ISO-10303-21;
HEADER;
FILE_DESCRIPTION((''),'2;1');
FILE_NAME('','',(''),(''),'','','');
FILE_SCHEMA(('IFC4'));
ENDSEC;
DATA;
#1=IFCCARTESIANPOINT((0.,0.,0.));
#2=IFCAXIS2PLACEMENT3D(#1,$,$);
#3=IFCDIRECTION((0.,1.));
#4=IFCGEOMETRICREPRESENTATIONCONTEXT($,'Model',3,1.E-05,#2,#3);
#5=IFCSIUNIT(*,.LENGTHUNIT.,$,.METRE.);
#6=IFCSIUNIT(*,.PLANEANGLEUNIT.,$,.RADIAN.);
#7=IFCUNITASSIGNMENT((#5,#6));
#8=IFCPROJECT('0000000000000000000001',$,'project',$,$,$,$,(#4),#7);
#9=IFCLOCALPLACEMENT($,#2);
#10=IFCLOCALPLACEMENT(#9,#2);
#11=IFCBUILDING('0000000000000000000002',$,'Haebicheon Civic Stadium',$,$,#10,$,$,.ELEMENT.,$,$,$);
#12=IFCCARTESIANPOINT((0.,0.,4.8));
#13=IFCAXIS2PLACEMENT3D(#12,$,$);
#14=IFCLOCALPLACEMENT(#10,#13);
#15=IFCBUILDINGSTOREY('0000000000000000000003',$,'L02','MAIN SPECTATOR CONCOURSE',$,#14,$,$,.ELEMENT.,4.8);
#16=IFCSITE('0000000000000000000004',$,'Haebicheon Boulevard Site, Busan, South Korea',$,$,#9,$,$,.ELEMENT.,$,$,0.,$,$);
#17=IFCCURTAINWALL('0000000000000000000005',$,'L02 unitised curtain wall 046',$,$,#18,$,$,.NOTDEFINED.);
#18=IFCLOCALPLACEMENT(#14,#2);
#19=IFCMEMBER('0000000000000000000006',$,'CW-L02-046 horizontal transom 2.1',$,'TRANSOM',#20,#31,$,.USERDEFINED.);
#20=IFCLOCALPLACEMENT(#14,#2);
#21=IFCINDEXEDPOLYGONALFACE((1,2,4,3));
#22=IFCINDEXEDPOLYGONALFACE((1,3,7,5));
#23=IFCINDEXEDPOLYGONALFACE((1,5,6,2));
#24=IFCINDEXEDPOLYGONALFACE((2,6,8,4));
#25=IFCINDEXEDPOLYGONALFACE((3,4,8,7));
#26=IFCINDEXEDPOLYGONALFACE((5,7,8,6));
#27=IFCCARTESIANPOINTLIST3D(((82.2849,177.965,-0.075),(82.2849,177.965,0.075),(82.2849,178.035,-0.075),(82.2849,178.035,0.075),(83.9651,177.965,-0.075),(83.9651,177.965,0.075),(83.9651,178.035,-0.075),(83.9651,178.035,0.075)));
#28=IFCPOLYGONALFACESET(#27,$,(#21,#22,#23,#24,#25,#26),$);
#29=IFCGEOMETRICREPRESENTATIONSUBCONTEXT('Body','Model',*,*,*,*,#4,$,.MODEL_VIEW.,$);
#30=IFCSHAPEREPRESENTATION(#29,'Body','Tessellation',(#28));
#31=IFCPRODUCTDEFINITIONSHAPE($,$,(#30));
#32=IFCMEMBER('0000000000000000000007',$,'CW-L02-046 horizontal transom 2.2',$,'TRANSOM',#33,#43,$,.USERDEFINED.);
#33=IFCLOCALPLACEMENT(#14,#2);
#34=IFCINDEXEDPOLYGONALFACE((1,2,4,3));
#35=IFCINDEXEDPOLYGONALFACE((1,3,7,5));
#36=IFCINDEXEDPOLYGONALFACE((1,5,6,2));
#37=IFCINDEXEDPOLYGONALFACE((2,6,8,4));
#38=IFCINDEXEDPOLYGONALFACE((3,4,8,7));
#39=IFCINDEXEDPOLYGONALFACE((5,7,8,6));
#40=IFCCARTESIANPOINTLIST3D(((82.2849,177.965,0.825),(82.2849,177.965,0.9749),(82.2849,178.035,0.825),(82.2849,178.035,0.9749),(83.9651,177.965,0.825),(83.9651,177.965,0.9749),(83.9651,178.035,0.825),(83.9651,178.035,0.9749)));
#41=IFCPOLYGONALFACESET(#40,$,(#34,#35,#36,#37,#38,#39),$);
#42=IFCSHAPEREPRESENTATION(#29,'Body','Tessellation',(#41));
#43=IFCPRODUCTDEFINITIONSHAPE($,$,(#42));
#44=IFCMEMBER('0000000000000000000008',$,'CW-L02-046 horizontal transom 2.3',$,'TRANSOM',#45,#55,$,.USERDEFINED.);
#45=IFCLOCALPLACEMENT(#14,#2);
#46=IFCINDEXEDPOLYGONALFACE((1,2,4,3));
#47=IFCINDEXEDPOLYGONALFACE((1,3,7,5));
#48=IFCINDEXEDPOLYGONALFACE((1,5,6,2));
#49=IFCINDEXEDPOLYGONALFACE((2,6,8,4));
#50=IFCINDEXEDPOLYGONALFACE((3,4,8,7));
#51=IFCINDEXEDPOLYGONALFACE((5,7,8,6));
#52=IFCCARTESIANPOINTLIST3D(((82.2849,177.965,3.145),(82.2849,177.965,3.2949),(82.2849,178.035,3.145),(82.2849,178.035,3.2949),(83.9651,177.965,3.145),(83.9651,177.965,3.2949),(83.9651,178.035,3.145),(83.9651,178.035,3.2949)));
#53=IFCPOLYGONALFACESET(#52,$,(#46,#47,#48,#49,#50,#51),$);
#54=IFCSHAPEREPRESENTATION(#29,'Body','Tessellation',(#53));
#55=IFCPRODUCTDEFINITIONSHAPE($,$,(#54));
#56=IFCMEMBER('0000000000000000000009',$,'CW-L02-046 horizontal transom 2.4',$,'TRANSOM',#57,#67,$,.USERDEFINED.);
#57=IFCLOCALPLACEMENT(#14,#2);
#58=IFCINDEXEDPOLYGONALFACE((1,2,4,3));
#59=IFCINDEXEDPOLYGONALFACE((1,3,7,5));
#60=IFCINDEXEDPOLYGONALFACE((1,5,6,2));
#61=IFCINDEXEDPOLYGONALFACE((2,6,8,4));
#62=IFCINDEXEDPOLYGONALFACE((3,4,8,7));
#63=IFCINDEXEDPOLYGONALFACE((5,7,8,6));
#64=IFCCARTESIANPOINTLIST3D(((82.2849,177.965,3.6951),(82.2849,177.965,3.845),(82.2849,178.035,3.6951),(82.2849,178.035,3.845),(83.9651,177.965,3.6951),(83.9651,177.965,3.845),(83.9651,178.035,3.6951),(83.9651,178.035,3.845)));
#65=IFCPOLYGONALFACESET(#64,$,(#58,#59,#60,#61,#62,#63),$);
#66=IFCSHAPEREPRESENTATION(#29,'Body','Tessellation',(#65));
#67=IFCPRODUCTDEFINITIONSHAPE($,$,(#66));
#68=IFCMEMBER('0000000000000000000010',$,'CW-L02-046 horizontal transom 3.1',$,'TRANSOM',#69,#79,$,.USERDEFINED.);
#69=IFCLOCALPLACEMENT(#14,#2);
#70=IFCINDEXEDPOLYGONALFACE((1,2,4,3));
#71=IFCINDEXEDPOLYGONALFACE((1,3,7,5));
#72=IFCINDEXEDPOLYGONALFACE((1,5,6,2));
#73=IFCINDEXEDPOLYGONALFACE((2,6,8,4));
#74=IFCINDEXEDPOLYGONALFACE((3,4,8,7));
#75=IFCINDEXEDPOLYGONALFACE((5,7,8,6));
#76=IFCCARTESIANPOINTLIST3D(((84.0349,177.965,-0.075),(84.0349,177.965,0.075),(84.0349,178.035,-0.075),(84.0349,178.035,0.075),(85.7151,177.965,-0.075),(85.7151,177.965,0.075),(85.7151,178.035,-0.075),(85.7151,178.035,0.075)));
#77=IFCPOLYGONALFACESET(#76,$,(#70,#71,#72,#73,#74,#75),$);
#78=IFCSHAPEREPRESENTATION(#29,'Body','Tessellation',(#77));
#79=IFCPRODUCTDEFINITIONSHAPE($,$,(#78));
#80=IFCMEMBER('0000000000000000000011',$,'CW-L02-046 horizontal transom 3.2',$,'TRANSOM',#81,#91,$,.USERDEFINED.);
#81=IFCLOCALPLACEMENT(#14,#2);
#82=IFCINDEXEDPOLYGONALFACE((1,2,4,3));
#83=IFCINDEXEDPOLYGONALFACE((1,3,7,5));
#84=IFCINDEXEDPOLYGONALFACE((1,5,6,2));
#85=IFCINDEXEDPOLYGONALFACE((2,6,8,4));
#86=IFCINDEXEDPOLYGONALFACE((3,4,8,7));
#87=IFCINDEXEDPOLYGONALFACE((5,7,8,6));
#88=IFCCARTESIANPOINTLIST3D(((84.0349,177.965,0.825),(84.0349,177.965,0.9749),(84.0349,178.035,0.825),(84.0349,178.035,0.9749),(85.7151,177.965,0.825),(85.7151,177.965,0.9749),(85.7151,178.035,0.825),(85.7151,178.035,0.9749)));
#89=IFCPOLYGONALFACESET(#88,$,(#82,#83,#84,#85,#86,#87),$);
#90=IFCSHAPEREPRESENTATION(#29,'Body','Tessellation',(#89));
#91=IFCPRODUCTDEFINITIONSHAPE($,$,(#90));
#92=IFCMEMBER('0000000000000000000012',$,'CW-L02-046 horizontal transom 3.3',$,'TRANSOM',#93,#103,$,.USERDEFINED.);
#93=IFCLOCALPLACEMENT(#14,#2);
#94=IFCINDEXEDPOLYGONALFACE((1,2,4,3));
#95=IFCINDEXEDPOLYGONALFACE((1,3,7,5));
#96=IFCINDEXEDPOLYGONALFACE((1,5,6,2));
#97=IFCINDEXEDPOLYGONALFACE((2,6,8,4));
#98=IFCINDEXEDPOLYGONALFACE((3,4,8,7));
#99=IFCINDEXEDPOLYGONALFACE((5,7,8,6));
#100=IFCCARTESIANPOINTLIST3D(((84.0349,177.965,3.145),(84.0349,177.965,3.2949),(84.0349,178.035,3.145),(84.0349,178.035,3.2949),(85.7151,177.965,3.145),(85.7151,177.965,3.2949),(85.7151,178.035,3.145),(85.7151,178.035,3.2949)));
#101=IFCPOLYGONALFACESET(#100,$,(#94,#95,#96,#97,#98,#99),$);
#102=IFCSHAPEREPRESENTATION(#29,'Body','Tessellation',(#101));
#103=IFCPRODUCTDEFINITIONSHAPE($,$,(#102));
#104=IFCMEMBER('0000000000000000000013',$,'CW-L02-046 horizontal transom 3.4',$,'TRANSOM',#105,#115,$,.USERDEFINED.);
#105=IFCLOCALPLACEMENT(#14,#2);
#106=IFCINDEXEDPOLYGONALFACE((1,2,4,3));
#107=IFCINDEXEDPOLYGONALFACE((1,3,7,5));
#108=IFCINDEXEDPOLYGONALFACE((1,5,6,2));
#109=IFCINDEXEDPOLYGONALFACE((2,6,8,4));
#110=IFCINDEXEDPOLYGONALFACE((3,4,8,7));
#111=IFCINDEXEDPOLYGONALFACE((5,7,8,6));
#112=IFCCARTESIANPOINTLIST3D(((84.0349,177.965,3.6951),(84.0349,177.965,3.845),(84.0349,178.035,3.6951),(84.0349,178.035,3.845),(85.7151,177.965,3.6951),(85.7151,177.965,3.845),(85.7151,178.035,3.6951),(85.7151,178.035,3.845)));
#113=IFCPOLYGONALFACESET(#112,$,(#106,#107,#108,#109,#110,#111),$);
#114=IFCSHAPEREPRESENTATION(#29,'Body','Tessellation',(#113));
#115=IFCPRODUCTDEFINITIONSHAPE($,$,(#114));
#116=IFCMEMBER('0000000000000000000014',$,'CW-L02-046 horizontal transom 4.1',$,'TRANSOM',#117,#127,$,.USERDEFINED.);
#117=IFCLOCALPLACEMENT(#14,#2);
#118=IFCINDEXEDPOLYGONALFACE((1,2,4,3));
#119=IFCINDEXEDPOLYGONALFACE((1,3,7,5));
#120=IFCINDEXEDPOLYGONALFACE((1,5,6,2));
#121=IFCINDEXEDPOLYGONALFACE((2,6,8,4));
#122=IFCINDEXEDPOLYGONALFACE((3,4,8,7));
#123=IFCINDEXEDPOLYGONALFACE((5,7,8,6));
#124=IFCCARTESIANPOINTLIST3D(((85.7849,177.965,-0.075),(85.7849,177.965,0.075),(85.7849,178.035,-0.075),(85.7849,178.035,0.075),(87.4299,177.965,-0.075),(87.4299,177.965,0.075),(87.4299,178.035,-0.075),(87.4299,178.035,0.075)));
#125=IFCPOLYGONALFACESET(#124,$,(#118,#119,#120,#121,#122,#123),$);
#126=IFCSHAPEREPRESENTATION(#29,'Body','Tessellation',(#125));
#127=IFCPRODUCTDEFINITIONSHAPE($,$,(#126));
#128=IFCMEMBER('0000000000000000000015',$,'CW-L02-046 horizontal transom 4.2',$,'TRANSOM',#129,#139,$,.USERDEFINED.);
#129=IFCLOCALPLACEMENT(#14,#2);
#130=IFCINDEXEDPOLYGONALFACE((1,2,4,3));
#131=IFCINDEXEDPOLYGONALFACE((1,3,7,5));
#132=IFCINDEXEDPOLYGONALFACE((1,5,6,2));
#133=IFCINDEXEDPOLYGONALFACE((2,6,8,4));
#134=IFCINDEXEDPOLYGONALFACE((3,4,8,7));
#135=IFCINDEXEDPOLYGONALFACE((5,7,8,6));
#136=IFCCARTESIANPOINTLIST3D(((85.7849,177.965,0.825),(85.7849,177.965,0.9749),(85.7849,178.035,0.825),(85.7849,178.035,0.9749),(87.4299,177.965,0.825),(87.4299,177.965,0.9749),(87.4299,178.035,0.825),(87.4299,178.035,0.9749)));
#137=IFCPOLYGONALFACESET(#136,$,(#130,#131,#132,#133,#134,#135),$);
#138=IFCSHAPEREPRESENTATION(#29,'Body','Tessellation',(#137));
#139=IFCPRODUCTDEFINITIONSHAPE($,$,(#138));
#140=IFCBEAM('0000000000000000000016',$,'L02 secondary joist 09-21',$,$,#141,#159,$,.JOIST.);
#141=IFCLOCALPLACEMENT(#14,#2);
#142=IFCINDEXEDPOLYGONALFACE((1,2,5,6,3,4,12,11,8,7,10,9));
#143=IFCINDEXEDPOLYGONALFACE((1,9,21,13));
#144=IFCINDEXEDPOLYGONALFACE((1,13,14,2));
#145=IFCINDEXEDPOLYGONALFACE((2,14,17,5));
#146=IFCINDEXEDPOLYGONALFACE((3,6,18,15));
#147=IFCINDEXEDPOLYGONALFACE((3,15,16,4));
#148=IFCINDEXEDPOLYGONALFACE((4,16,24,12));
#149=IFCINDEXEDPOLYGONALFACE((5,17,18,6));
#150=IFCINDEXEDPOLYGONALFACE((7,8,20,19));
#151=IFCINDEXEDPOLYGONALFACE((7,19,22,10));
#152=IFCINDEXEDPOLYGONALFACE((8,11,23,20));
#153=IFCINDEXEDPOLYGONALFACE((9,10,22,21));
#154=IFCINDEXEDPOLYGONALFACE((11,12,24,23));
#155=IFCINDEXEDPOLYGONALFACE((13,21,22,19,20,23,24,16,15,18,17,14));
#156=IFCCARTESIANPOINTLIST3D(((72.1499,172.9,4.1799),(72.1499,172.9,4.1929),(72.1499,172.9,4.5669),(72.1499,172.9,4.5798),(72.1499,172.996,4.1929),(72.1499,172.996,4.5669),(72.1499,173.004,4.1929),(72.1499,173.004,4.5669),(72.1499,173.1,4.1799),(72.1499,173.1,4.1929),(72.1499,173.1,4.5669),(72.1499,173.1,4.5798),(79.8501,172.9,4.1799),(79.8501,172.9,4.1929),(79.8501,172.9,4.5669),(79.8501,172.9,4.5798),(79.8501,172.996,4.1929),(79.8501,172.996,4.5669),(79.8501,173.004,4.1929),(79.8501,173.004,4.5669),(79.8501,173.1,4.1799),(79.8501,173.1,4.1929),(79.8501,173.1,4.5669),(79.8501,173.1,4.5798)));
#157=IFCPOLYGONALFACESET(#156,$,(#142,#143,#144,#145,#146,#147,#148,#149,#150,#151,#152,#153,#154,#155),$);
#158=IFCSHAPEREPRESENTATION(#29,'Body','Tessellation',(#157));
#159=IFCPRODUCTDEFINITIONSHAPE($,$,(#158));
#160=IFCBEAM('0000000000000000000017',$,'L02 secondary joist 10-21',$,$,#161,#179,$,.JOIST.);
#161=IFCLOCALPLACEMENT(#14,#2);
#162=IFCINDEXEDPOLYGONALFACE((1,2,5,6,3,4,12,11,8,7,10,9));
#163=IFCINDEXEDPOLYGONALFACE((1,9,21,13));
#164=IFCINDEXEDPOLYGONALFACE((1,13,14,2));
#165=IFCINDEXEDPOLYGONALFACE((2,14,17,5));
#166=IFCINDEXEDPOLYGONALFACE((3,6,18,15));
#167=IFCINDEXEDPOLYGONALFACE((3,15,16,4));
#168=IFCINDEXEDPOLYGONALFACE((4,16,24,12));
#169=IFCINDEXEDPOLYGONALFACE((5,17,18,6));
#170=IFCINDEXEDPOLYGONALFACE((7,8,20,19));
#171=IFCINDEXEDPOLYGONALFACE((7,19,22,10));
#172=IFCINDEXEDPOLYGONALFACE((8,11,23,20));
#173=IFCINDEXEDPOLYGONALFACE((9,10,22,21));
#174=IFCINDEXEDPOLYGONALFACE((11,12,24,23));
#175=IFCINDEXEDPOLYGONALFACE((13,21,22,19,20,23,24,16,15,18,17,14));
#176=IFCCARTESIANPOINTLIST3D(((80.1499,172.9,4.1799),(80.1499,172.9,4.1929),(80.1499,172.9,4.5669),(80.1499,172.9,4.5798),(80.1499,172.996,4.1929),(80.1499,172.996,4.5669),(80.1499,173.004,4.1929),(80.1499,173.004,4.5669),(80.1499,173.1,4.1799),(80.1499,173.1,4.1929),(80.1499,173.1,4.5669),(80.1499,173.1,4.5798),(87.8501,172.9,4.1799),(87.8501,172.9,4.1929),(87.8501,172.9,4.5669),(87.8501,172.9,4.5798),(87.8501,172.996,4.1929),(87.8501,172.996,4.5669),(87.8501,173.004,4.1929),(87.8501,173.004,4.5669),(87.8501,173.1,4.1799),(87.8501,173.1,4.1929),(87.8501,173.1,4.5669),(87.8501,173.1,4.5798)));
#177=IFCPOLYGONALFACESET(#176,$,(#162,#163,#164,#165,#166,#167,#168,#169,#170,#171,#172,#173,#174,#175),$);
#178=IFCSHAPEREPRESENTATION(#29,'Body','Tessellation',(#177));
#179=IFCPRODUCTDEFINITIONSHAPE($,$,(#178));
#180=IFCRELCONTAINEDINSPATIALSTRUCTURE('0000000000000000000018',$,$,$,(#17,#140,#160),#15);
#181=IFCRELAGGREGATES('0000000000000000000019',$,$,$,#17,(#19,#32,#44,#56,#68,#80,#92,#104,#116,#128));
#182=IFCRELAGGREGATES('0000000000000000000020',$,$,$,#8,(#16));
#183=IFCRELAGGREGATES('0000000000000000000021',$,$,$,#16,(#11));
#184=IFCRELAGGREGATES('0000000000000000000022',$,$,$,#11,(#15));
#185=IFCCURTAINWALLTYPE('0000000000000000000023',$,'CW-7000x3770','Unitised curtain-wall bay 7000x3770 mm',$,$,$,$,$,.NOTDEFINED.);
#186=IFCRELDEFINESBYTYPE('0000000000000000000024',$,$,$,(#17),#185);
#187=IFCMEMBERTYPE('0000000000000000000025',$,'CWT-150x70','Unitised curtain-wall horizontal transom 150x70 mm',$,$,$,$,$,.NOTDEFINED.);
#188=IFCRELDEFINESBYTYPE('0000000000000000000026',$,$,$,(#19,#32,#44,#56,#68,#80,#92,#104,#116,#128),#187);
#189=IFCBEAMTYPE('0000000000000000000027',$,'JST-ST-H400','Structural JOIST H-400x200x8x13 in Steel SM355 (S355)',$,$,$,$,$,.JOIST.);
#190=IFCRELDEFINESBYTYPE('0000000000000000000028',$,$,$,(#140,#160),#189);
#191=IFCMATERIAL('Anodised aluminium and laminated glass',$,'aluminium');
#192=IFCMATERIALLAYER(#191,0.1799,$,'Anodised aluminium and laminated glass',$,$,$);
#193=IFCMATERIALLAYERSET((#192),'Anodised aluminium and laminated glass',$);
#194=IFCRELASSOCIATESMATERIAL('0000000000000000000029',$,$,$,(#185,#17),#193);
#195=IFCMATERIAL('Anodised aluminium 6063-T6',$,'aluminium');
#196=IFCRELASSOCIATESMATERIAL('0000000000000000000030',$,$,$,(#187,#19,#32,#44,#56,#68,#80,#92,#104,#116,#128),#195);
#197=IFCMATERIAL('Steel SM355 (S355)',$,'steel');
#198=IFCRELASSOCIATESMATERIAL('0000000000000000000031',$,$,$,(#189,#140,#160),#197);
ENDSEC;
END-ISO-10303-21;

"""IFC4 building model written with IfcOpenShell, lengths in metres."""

from ifc_helpers import new_model, si_unit, direction, frame, origin, origin_2d, place, context, subcontext, project, spatial, rectangle, i_section, extrude, material, layer, layer_set, material_profile, profile_set, type_object, element, aggregate, save


model = new_model("IFC4")

# Units and contexts
model_context = context("Model", 3, precision=1e-05, world=origin(), true_north=direction((0.0, 1.0)))
body_context = subcontext(model_context, "Body", "Model", "MODEL_VIEW")
ifc_project = project(units=[si_unit("LENGTHUNIT", "METRE"), si_unit("PLANEANGLEUNIT", "RADIAN")], contexts=[model_context])

# Site, building, storey
site_placement = place(None, origin())
site = spatial("IfcSite", under=ifc_project, at=site_placement, Name="Haebicheon Boulevard Site, Busan, South Korea", CompositionType="ELEMENT", RefElevation=0.0)
building_placement = place(site_placement, origin())
building = spatial("IfcBuilding", under=site, at=building_placement, Name="Haebicheon Civic Stadium", CompositionType="ELEMENT")
storey_placement = place(building_placement, frame((0.0, 0.0, 4.8)))
storey = spatial("IfcBuildingStorey", under=building, at=storey_placement, Name="L02", Description="MAIN SPECTATOR CONCOURSE", CompositionType="ELEMENT", Elevation=4.8)

# Curtain wall, members
ifc_material_1 = material(Name="Anodised aluminium and laminated glass", Category="aluminium")
ifc_layer_1 = layer(ifc_material_1, 0.1799, Name="Anodised aluminium and laminated glass")
ifc_layer_set_1 = layer_set([ifc_layer_1], Name="Anodised aluminium and laminated glass")
curtain_wall_type = type_object("IfcCurtainWallType", Name="CW-7000x3770", Description="Unitised curtain-wall bay 7000x3770 mm", PredefinedType="NOTDEFINED", material=ifc_layer_set_1)
curtain_wall_placement = place(storey_placement, origin())
curtain_wall = element("IfcCurtainWall", 1, at=curtain_wall_placement, inside=storey, type_object=curtain_wall_type, material=ifc_layer_set_1, Name="L02 unitised curtain wall 046", PredefinedType="NOTDEFINED")
ifc_material_2 = material(Name="Anodised aluminium 6063-T6", Category="aluminium")
ifc_material_profile_1 = material_profile(ifc_material_2, rectangle(XDim=0.0701, YDim=0.1499, at=origin_2d()), Name="ALU-TRAN-70x150")
ifc_profile_set_1 = profile_set([ifc_material_profile_1], Name="Anodised aluminium 6063-T6")
member_type_1 = type_object("IfcMemberType", Name="CWT-150x70", Description="Unitised curtain-wall horizontal transom 150x70 mm", PredefinedType="NOTDEFINED", material=ifc_profile_set_1)
member_1_placement = place(storey_placement, frame((82.2849, 178.0, 0.0), z_axis=(1.0, 0.0, 0.0), x_axis=(0.0, 1.0, 0.0)))
member_1 = element("IfcMember", 2, at=member_1_placement, type_object=member_type_1, material=ifc_profile_set_1, Name="CW-L02-046 horizontal transom 2.1", ObjectType="TRANSOM", PredefinedType="USERDEFINED", context=body_context, shape_type="SweptSolid", body=[
    extrude(rectangle(XDim=0.0701, YDim=0.1499, at=origin_2d()), origin(), (0.0, 0.0, 1.0), 1.6802),
])
member_2_placement = place(storey_placement, frame((82.2849, 178.0, 0.8999), z_axis=(1.0, 0.0, 0.0), x_axis=(0.0, 1.0, 0.0)))
member_2 = element("IfcMember", 3, at=member_2_placement, type_object=member_type_1, material=ifc_profile_set_1, Name="CW-L02-046 horizontal transom 2.2", ObjectType="TRANSOM", PredefinedType="USERDEFINED", context=body_context, shape_type="SweptSolid", body=[
    extrude(rectangle(XDim=0.0701, YDim=0.1499, at=origin_2d()), origin(), (0.0, 0.0, 1.0), 1.6802),
])
member_3_placement = place(storey_placement, frame((82.2849, 178.0, 3.22), z_axis=(1.0, 0.0, 0.0), x_axis=(0.0, 1.0, 0.0)))
member_3 = element("IfcMember", 4, at=member_3_placement, type_object=member_type_1, material=ifc_profile_set_1, Name="CW-L02-046 horizontal transom 2.3", ObjectType="TRANSOM", PredefinedType="USERDEFINED", context=body_context, shape_type="SweptSolid", body=[
    extrude(rectangle(XDim=0.0701, YDim=0.1499, at=origin_2d()), origin(), (0.0, 0.0, 1.0), 1.6802),
])
member_4_placement = place(storey_placement, frame((82.2849, 178.0, 3.77), z_axis=(1.0, 0.0, 0.0), x_axis=(0.0, 1.0, 0.0)))
member_4 = element("IfcMember", 5, at=member_4_placement, type_object=member_type_1, material=ifc_profile_set_1, Name="CW-L02-046 horizontal transom 2.4", ObjectType="TRANSOM", PredefinedType="USERDEFINED", context=body_context, shape_type="SweptSolid", body=[
    extrude(rectangle(XDim=0.0701, YDim=0.1499, at=origin_2d()), origin(), (0.0, 0.0, 1.0), 1.6802),
])
member_5_placement = place(storey_placement, frame((84.0349, 178.0, 0.0), z_axis=(1.0, 0.0, 0.0), x_axis=(0.0, 1.0, 0.0)))
member_5 = element("IfcMember", 6, at=member_5_placement, type_object=member_type_1, material=ifc_profile_set_1, Name="CW-L02-046 horizontal transom 3.1", ObjectType="TRANSOM", PredefinedType="USERDEFINED", context=body_context, shape_type="SweptSolid", body=[
    extrude(rectangle(XDim=0.0701, YDim=0.1499, at=origin_2d()), origin(), (0.0, 0.0, 1.0), 1.6802),
])
member_6_placement = place(storey_placement, frame((84.0349, 178.0, 0.8999), z_axis=(1.0, 0.0, 0.0), x_axis=(0.0, 1.0, 0.0)))
member_6 = element("IfcMember", 7, at=member_6_placement, type_object=member_type_1, material=ifc_profile_set_1, Name="CW-L02-046 horizontal transom 3.2", ObjectType="TRANSOM", PredefinedType="USERDEFINED", context=body_context, shape_type="SweptSolid", body=[
    extrude(rectangle(XDim=0.0701, YDim=0.1499, at=origin_2d()), origin(), (0.0, 0.0, 1.0), 1.6802),
])
member_7_placement = place(storey_placement, frame((84.0349, 178.0, 3.22), z_axis=(1.0, 0.0, 0.0), x_axis=(0.0, 1.0, 0.0)))
member_7 = element("IfcMember", 8, at=member_7_placement, type_object=member_type_1, material=ifc_profile_set_1, Name="CW-L02-046 horizontal transom 3.3", ObjectType="TRANSOM", PredefinedType="USERDEFINED", context=body_context, shape_type="SweptSolid", body=[
    extrude(rectangle(XDim=0.0701, YDim=0.1499, at=origin_2d()), origin(), (0.0, 0.0, 1.0), 1.6802),
])
member_8_placement = place(storey_placement, frame((84.0349, 178.0, 3.77), z_axis=(1.0, 0.0, 0.0), x_axis=(0.0, 1.0, 0.0)))
member_8 = element("IfcMember", 9, at=member_8_placement, type_object=member_type_1, material=ifc_profile_set_1, Name="CW-L02-046 horizontal transom 3.4", ObjectType="TRANSOM", PredefinedType="USERDEFINED", context=body_context, shape_type="SweptSolid", body=[
    extrude(rectangle(XDim=0.0701, YDim=0.1499, at=origin_2d()), origin(), (0.0, 0.0, 1.0), 1.6802),
])
member_9_placement = place(storey_placement, frame((85.7849, 178.0, 0.0), z_axis=(1.0, 0.0, 0.0), x_axis=(0.0, 1.0, 0.0)))
member_9 = element("IfcMember", 10, at=member_9_placement, type_object=member_type_1, material=ifc_profile_set_1, Name="CW-L02-046 horizontal transom 4.1", ObjectType="TRANSOM", PredefinedType="USERDEFINED", context=body_context, shape_type="SweptSolid", body=[
    extrude(rectangle(XDim=0.0701, YDim=0.1499, at=origin_2d()), origin(), (0.0, 0.0, 1.0), 1.645),
])
member_10_placement = place(storey_placement, frame((85.7849, 178.0, 0.8999), z_axis=(1.0, 0.0, 0.0), x_axis=(0.0, 1.0, 0.0)))
member_10 = element("IfcMember", 11, at=member_10_placement, type_object=member_type_1, material=ifc_profile_set_1, Name="CW-L02-046 horizontal transom 4.2", ObjectType="TRANSOM", PredefinedType="USERDEFINED", context=body_context, shape_type="SweptSolid", body=[
    extrude(rectangle(XDim=0.0701, YDim=0.1499, at=origin_2d()), origin(), (0.0, 0.0, 1.0), 1.645),
])

# Beams
ifc_material_3 = material(Name="Steel SM355 (S355)", Category="steel")
ifc_material_profile_2 = material_profile(ifc_material_3, i_section(OverallWidth=0.2, OverallDepth=0.3999, WebThickness=0.0081, FlangeThickness=0.0129, at=origin_2d()), Name="H-400x200x8x13")
ifc_profile_set_2 = profile_set([ifc_material_profile_2], Name="Steel SM355 (S355)")
beam_type_1 = type_object("IfcBeamType", Name="JST-ST-H400", Description="Structural JOIST H-400x200x8x13 in Steel SM355 (S355)", PredefinedType="JOIST", material=ifc_profile_set_2)
for number, where, z_axis, x_axis, name in (
    (12, (72.1499, 173.0, 4.3799), (1.0, 0.0, 0.0), (0.0, 1.0, 0.0), "L02 secondary joist 09-21"),
    (13, (80.1499, 173.0, 4.3799), (1.0, 0.0, 0.0), (0.0, 1.0, 0.0), "L02 secondary joist 10-21"),
):
    element("IfcBeam", number, at=place(storey_placement, frame(where, z_axis=z_axis, x_axis=x_axis)), inside=storey, type_object=beam_type_1, material=ifc_profile_set_2, Name=name, PredefinedType="JOIST", context=body_context, shape_type="SweptSolid", body=[
        extrude(i_section(OverallWidth=0.2, OverallDepth=0.3999, WebThickness=0.0081, FlangeThickness=0.0129, at=origin_2d()), origin(), (0.0, 0.0, 1.0), 7.7002),
    ])

aggregate(curtain_wall, [member_1, member_2, member_3, member_4, member_5, member_6, member_7, member_8, member_9, member_10])

save(model, "model.ifc")
